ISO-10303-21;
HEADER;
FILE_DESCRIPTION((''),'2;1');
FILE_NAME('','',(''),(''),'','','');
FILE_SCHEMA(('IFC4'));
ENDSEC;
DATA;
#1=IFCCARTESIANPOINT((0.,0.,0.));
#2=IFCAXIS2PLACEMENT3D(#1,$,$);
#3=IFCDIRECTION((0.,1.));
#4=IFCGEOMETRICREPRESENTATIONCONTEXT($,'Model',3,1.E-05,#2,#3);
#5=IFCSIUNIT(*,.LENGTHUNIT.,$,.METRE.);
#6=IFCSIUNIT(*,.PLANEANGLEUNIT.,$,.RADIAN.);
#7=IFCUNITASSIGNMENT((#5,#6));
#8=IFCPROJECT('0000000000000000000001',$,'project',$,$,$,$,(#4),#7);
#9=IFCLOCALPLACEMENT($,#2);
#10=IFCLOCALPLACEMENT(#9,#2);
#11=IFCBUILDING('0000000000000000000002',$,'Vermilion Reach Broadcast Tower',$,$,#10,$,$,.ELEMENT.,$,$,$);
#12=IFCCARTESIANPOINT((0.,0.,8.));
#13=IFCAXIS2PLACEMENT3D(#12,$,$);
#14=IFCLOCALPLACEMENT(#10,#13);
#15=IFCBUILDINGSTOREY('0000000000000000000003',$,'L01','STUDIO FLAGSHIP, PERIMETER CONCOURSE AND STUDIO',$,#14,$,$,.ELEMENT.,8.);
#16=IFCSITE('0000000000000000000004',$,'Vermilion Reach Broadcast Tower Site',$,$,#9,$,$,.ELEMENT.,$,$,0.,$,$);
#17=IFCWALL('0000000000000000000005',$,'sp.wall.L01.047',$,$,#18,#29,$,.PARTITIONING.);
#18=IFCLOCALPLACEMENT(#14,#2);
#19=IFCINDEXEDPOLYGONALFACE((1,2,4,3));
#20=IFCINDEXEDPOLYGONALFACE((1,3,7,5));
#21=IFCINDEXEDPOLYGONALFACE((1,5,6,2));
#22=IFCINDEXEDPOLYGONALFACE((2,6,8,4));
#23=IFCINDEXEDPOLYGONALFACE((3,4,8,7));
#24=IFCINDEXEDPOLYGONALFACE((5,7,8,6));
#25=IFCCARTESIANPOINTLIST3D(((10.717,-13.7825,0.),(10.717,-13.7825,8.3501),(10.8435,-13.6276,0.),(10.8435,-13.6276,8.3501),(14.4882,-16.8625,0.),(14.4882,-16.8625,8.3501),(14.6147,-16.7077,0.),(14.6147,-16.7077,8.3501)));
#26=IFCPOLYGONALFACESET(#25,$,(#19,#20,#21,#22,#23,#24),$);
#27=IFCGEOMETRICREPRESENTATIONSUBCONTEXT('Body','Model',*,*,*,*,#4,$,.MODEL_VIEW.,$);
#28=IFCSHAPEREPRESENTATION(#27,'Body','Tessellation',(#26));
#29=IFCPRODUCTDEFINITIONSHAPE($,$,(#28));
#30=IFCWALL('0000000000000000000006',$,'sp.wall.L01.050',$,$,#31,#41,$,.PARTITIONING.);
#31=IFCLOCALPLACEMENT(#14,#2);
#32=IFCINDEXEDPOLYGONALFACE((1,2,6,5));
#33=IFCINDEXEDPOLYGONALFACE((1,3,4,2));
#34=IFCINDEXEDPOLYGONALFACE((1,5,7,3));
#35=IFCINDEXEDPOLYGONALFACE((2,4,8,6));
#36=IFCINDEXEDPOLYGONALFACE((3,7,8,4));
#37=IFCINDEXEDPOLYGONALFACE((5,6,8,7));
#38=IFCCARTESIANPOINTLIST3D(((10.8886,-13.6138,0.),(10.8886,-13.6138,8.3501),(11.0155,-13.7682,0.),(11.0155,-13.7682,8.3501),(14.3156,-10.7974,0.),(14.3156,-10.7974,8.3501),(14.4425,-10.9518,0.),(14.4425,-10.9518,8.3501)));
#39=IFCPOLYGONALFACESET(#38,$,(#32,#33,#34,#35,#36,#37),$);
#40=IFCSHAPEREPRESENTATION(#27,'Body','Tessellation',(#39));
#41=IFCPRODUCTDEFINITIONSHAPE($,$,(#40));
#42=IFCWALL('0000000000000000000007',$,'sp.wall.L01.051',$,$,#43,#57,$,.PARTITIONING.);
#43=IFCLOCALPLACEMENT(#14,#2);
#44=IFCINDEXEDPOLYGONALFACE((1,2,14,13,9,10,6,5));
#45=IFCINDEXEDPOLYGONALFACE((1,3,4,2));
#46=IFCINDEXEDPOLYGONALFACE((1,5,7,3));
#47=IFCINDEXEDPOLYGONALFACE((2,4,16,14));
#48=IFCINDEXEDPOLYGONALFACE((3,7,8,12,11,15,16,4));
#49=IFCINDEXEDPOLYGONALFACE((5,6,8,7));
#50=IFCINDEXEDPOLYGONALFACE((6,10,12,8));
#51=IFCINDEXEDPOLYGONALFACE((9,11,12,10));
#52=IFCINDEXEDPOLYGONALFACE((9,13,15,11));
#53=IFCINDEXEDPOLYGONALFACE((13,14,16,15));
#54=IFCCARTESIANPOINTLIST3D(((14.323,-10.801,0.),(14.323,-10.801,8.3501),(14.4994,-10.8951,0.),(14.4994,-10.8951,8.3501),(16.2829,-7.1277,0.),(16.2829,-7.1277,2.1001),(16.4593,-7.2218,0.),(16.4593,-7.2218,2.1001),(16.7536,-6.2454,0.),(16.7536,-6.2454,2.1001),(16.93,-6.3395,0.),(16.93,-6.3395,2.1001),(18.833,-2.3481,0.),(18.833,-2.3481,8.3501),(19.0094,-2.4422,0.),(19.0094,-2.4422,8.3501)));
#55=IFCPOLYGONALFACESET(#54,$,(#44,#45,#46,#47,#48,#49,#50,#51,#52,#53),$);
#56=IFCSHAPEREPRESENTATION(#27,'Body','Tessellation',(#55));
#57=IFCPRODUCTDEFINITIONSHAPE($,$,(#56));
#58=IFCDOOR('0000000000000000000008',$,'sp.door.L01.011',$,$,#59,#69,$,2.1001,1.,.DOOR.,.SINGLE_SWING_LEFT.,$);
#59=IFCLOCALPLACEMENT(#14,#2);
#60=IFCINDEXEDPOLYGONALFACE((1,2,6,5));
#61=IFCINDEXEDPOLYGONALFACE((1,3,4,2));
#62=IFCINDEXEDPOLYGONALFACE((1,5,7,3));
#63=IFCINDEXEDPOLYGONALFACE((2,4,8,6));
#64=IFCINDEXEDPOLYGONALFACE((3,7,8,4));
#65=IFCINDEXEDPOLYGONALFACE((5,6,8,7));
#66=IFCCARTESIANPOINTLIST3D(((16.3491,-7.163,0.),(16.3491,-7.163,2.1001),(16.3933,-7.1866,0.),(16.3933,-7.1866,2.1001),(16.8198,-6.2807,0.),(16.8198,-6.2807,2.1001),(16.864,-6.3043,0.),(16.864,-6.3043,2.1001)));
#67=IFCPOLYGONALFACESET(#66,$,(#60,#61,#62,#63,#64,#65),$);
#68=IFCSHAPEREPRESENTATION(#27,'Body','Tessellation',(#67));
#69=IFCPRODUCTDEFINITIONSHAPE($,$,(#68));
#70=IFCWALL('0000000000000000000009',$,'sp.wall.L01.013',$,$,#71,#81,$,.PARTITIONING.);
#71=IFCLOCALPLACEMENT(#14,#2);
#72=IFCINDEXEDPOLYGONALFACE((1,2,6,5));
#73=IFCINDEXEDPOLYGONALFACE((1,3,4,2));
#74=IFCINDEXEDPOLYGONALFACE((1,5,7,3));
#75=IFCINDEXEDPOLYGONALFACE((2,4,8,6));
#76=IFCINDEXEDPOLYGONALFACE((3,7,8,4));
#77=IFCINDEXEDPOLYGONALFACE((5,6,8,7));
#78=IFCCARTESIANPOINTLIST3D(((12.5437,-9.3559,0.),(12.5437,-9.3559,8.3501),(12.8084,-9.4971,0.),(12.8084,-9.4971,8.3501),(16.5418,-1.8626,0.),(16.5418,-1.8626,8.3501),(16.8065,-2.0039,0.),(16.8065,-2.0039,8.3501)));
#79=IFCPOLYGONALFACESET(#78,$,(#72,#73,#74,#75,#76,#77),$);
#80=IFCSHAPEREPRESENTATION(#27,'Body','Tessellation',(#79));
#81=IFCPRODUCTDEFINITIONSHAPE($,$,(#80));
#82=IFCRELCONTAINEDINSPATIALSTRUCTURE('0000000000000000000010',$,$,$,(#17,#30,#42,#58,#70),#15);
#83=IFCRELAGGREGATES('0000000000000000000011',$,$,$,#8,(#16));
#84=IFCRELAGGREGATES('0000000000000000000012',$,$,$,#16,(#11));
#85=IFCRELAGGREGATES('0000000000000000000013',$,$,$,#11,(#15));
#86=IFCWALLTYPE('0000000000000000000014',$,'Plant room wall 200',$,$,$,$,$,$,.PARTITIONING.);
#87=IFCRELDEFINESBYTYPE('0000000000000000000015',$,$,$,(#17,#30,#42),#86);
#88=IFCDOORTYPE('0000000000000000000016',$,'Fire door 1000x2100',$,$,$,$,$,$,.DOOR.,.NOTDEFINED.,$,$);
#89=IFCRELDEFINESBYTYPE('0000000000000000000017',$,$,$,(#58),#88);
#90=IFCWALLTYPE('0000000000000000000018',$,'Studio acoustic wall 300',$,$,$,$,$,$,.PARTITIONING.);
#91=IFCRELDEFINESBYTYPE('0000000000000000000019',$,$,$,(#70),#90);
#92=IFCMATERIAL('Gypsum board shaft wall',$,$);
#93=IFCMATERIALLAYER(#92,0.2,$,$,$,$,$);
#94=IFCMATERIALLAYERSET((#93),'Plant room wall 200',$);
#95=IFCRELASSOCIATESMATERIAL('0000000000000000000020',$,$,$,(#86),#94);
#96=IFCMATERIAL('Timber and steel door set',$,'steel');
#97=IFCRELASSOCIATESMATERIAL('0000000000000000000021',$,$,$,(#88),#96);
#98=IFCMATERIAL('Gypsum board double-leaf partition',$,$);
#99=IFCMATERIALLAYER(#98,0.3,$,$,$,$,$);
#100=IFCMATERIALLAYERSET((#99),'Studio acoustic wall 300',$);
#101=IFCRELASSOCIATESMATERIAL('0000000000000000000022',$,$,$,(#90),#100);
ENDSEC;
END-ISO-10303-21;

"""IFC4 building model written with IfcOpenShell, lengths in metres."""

from ifc_helpers import new_model, si_unit, direction, frame, frame_2d, origin, place, context, subcontext, project, spatial, rectangle, extrude, material, layer, layer_set, type_object, element, fill, save


model = new_model("IFC4")

# Units and contexts
model_context = context("Model", 3, precision=1e-05, world=origin(), true_north=direction((0.0, 1.0)))
body_context = subcontext(model_context, "Body", "Model", "MODEL_VIEW")
ifc_project = project(units=[si_unit("LENGTHUNIT", "METRE"), si_unit("PLANEANGLEUNIT", "RADIAN")], contexts=[model_context])

# Site, building, storey
site_placement = place(None, origin())
site = spatial("IfcSite", under=ifc_project, at=site_placement, Name="Vermilion Reach Broadcast Tower Site", CompositionType="ELEMENT", RefElevation=0.0)
building_placement = place(site_placement, origin())
building = spatial("IfcBuilding", under=site, at=building_placement, Name="Vermilion Reach Broadcast Tower", CompositionType="ELEMENT")
storey_placement = place(building_placement, frame((0.0, 0.0, 8.0)))
storey = spatial("IfcBuildingStorey", under=building, at=storey_placement, Name="L01", Description="STUDIO FLAGSHIP, PERIMETER CONCOURSE AND STUDIO", CompositionType="ELEMENT", Elevation=8.0)

# Walls
ifc_material_1 = material(Name="Gypsum board shaft wall")
ifc_layer_1 = layer(ifc_material_1, 0.2)
ifc_layer_set_1 = layer_set([ifc_layer_1], Name="Plant room wall 200")
wall_type_1 = type_object("IfcWallType", Name="Plant room wall 200", PredefinedType="PARTITIONING", material=ifc_layer_set_1)
wall_1_placement = place(storey_placement, frame((10.7803, -13.7051, 0.0), z_axis=(0.0, 0.0, 1.0), x_axis=(0.774509, -0.632563, 0.0)))
element("IfcWall", 1, at=wall_1_placement, inside=storey, type_object=wall_type_1, Name="sp.wall.L01.047", PredefinedType="PARTITIONING", context=body_context, shape_type="SweptSolid", body=[
    extrude(rectangle(XDim=4.8691, YDim=0.2, at=frame_2d((2.4346, 0.0))), origin(), (0.0, 0.0, 1.0), 8.3501),
])
wall_2_placement = place(storey_placement, frame((10.9521, -13.6909, 0.0), z_axis=(0.0, 0.0, 1.0), x_axis=(0.772575, 0.634924, 0.0)))
element("IfcWall", 2, at=wall_2_placement, inside=storey, type_object=wall_type_1, Name="sp.wall.L01.050", PredefinedType="PARTITIONING", context=body_context, shape_type="SweptSolid", body=[
    extrude(rectangle(XDim=4.4358, YDim=0.2, at=frame_2d((2.2178, 0.0))), origin(), (0.0, 0.0, 1.0), 8.3501),
])

# Wall, opening, door
wall_3_placement = place(storey_placement, frame((14.4111, -10.8481, 0.0), z_axis=(0.0, 0.0, 1.0), x_axis=(0.470735, 0.882275, 0.0)))
wall_3 = element("IfcWall", 3, at=wall_3_placement, inside=storey, type_object=wall_type_1, Name="sp.wall.L01.051", PredefinedType="PARTITIONING", context=body_context, shape_type="SweptSolid", body=[
    extrude(rectangle(XDim=9.5808, YDim=0.2, at=frame_2d((4.7905, 0.0))), origin(), (0.0, 0.0, 1.0), 8.3501),
])
opening_placement = place(wall_3_placement, frame((4.1636, 0.0, 0.0)))
opening = element("IfcOpeningElement", 4, at=opening_placement, cuts=wall_3, PredefinedType="OPENING", context=body_context, shape_type="SweptSolid", body=[
    extrude(rectangle(XDim=1.0, YDim=2.1001, at=frame_2d((0.5, 1.05))), frame((0.0, 0.1099, 0.0), z_axis=(0.0, -1.0, 0.0), x_axis=(1.0, 0.0, 0.0)), (0.0, 0.0, 1.0), 0.22),
])
ifc_material_2 = material(Name="Timber and steel door set", Category="steel")
door_type = type_object("IfcDoorType", Name="Fire door 1000x2100", OperationType="NOTDEFINED", PredefinedType="DOOR", material=ifc_material_2)
door_placement = place(opening_placement, origin())
door = element("IfcDoor", 5, at=door_placement, inside=storey, type_object=door_type, Name="sp.door.L01.011", OperationType="SINGLE_SWING_LEFT", OverallHeight=2.1001, OverallWidth=1.0, PredefinedType="DOOR", context=body_context, shape_type="SweptSolid", body=[
    extrude(rectangle(XDim=1.0, YDim=2.1001, at=frame_2d((0.5, 1.05))), frame((0.0, 0.0249, 0.0), z_axis=(0.0, -1.0, 0.0), x_axis=(1.0, 0.0, 0.0)), (0.0, 0.0, 1.0), 0.05),
])
fill(opening, door)

# Wall
ifc_material_3 = material(Name="Gypsum board double-leaf partition")
ifc_layer_2 = layer(ifc_material_3, 0.3)
ifc_layer_set_2 = layer_set([ifc_layer_2], Name="Studio acoustic wall 300")
wall_type_2 = type_object("IfcWallType", Name="Studio acoustic wall 300", PredefinedType="PARTITIONING", material=ifc_layer_set_2)
wall_4_placement = place(storey_placement, frame((12.676, -9.4265, 0.0), z_axis=(0.0, 0.0, 1.0), x_axis=(0.470743, 0.88227, 0.0)))
element("IfcWall", 6, at=wall_4_placement, inside=storey, type_object=wall_type_2, Name="sp.wall.L01.013", PredefinedType="PARTITIONING", context=body_context, shape_type="SweptSolid", body=[
    extrude(rectangle(XDim=8.4932, YDim=0.3, at=frame_2d((4.2466, 0.0))), origin(), (0.0, 0.0, 1.0), 8.3501),
])

save(model, "model.ifc")
